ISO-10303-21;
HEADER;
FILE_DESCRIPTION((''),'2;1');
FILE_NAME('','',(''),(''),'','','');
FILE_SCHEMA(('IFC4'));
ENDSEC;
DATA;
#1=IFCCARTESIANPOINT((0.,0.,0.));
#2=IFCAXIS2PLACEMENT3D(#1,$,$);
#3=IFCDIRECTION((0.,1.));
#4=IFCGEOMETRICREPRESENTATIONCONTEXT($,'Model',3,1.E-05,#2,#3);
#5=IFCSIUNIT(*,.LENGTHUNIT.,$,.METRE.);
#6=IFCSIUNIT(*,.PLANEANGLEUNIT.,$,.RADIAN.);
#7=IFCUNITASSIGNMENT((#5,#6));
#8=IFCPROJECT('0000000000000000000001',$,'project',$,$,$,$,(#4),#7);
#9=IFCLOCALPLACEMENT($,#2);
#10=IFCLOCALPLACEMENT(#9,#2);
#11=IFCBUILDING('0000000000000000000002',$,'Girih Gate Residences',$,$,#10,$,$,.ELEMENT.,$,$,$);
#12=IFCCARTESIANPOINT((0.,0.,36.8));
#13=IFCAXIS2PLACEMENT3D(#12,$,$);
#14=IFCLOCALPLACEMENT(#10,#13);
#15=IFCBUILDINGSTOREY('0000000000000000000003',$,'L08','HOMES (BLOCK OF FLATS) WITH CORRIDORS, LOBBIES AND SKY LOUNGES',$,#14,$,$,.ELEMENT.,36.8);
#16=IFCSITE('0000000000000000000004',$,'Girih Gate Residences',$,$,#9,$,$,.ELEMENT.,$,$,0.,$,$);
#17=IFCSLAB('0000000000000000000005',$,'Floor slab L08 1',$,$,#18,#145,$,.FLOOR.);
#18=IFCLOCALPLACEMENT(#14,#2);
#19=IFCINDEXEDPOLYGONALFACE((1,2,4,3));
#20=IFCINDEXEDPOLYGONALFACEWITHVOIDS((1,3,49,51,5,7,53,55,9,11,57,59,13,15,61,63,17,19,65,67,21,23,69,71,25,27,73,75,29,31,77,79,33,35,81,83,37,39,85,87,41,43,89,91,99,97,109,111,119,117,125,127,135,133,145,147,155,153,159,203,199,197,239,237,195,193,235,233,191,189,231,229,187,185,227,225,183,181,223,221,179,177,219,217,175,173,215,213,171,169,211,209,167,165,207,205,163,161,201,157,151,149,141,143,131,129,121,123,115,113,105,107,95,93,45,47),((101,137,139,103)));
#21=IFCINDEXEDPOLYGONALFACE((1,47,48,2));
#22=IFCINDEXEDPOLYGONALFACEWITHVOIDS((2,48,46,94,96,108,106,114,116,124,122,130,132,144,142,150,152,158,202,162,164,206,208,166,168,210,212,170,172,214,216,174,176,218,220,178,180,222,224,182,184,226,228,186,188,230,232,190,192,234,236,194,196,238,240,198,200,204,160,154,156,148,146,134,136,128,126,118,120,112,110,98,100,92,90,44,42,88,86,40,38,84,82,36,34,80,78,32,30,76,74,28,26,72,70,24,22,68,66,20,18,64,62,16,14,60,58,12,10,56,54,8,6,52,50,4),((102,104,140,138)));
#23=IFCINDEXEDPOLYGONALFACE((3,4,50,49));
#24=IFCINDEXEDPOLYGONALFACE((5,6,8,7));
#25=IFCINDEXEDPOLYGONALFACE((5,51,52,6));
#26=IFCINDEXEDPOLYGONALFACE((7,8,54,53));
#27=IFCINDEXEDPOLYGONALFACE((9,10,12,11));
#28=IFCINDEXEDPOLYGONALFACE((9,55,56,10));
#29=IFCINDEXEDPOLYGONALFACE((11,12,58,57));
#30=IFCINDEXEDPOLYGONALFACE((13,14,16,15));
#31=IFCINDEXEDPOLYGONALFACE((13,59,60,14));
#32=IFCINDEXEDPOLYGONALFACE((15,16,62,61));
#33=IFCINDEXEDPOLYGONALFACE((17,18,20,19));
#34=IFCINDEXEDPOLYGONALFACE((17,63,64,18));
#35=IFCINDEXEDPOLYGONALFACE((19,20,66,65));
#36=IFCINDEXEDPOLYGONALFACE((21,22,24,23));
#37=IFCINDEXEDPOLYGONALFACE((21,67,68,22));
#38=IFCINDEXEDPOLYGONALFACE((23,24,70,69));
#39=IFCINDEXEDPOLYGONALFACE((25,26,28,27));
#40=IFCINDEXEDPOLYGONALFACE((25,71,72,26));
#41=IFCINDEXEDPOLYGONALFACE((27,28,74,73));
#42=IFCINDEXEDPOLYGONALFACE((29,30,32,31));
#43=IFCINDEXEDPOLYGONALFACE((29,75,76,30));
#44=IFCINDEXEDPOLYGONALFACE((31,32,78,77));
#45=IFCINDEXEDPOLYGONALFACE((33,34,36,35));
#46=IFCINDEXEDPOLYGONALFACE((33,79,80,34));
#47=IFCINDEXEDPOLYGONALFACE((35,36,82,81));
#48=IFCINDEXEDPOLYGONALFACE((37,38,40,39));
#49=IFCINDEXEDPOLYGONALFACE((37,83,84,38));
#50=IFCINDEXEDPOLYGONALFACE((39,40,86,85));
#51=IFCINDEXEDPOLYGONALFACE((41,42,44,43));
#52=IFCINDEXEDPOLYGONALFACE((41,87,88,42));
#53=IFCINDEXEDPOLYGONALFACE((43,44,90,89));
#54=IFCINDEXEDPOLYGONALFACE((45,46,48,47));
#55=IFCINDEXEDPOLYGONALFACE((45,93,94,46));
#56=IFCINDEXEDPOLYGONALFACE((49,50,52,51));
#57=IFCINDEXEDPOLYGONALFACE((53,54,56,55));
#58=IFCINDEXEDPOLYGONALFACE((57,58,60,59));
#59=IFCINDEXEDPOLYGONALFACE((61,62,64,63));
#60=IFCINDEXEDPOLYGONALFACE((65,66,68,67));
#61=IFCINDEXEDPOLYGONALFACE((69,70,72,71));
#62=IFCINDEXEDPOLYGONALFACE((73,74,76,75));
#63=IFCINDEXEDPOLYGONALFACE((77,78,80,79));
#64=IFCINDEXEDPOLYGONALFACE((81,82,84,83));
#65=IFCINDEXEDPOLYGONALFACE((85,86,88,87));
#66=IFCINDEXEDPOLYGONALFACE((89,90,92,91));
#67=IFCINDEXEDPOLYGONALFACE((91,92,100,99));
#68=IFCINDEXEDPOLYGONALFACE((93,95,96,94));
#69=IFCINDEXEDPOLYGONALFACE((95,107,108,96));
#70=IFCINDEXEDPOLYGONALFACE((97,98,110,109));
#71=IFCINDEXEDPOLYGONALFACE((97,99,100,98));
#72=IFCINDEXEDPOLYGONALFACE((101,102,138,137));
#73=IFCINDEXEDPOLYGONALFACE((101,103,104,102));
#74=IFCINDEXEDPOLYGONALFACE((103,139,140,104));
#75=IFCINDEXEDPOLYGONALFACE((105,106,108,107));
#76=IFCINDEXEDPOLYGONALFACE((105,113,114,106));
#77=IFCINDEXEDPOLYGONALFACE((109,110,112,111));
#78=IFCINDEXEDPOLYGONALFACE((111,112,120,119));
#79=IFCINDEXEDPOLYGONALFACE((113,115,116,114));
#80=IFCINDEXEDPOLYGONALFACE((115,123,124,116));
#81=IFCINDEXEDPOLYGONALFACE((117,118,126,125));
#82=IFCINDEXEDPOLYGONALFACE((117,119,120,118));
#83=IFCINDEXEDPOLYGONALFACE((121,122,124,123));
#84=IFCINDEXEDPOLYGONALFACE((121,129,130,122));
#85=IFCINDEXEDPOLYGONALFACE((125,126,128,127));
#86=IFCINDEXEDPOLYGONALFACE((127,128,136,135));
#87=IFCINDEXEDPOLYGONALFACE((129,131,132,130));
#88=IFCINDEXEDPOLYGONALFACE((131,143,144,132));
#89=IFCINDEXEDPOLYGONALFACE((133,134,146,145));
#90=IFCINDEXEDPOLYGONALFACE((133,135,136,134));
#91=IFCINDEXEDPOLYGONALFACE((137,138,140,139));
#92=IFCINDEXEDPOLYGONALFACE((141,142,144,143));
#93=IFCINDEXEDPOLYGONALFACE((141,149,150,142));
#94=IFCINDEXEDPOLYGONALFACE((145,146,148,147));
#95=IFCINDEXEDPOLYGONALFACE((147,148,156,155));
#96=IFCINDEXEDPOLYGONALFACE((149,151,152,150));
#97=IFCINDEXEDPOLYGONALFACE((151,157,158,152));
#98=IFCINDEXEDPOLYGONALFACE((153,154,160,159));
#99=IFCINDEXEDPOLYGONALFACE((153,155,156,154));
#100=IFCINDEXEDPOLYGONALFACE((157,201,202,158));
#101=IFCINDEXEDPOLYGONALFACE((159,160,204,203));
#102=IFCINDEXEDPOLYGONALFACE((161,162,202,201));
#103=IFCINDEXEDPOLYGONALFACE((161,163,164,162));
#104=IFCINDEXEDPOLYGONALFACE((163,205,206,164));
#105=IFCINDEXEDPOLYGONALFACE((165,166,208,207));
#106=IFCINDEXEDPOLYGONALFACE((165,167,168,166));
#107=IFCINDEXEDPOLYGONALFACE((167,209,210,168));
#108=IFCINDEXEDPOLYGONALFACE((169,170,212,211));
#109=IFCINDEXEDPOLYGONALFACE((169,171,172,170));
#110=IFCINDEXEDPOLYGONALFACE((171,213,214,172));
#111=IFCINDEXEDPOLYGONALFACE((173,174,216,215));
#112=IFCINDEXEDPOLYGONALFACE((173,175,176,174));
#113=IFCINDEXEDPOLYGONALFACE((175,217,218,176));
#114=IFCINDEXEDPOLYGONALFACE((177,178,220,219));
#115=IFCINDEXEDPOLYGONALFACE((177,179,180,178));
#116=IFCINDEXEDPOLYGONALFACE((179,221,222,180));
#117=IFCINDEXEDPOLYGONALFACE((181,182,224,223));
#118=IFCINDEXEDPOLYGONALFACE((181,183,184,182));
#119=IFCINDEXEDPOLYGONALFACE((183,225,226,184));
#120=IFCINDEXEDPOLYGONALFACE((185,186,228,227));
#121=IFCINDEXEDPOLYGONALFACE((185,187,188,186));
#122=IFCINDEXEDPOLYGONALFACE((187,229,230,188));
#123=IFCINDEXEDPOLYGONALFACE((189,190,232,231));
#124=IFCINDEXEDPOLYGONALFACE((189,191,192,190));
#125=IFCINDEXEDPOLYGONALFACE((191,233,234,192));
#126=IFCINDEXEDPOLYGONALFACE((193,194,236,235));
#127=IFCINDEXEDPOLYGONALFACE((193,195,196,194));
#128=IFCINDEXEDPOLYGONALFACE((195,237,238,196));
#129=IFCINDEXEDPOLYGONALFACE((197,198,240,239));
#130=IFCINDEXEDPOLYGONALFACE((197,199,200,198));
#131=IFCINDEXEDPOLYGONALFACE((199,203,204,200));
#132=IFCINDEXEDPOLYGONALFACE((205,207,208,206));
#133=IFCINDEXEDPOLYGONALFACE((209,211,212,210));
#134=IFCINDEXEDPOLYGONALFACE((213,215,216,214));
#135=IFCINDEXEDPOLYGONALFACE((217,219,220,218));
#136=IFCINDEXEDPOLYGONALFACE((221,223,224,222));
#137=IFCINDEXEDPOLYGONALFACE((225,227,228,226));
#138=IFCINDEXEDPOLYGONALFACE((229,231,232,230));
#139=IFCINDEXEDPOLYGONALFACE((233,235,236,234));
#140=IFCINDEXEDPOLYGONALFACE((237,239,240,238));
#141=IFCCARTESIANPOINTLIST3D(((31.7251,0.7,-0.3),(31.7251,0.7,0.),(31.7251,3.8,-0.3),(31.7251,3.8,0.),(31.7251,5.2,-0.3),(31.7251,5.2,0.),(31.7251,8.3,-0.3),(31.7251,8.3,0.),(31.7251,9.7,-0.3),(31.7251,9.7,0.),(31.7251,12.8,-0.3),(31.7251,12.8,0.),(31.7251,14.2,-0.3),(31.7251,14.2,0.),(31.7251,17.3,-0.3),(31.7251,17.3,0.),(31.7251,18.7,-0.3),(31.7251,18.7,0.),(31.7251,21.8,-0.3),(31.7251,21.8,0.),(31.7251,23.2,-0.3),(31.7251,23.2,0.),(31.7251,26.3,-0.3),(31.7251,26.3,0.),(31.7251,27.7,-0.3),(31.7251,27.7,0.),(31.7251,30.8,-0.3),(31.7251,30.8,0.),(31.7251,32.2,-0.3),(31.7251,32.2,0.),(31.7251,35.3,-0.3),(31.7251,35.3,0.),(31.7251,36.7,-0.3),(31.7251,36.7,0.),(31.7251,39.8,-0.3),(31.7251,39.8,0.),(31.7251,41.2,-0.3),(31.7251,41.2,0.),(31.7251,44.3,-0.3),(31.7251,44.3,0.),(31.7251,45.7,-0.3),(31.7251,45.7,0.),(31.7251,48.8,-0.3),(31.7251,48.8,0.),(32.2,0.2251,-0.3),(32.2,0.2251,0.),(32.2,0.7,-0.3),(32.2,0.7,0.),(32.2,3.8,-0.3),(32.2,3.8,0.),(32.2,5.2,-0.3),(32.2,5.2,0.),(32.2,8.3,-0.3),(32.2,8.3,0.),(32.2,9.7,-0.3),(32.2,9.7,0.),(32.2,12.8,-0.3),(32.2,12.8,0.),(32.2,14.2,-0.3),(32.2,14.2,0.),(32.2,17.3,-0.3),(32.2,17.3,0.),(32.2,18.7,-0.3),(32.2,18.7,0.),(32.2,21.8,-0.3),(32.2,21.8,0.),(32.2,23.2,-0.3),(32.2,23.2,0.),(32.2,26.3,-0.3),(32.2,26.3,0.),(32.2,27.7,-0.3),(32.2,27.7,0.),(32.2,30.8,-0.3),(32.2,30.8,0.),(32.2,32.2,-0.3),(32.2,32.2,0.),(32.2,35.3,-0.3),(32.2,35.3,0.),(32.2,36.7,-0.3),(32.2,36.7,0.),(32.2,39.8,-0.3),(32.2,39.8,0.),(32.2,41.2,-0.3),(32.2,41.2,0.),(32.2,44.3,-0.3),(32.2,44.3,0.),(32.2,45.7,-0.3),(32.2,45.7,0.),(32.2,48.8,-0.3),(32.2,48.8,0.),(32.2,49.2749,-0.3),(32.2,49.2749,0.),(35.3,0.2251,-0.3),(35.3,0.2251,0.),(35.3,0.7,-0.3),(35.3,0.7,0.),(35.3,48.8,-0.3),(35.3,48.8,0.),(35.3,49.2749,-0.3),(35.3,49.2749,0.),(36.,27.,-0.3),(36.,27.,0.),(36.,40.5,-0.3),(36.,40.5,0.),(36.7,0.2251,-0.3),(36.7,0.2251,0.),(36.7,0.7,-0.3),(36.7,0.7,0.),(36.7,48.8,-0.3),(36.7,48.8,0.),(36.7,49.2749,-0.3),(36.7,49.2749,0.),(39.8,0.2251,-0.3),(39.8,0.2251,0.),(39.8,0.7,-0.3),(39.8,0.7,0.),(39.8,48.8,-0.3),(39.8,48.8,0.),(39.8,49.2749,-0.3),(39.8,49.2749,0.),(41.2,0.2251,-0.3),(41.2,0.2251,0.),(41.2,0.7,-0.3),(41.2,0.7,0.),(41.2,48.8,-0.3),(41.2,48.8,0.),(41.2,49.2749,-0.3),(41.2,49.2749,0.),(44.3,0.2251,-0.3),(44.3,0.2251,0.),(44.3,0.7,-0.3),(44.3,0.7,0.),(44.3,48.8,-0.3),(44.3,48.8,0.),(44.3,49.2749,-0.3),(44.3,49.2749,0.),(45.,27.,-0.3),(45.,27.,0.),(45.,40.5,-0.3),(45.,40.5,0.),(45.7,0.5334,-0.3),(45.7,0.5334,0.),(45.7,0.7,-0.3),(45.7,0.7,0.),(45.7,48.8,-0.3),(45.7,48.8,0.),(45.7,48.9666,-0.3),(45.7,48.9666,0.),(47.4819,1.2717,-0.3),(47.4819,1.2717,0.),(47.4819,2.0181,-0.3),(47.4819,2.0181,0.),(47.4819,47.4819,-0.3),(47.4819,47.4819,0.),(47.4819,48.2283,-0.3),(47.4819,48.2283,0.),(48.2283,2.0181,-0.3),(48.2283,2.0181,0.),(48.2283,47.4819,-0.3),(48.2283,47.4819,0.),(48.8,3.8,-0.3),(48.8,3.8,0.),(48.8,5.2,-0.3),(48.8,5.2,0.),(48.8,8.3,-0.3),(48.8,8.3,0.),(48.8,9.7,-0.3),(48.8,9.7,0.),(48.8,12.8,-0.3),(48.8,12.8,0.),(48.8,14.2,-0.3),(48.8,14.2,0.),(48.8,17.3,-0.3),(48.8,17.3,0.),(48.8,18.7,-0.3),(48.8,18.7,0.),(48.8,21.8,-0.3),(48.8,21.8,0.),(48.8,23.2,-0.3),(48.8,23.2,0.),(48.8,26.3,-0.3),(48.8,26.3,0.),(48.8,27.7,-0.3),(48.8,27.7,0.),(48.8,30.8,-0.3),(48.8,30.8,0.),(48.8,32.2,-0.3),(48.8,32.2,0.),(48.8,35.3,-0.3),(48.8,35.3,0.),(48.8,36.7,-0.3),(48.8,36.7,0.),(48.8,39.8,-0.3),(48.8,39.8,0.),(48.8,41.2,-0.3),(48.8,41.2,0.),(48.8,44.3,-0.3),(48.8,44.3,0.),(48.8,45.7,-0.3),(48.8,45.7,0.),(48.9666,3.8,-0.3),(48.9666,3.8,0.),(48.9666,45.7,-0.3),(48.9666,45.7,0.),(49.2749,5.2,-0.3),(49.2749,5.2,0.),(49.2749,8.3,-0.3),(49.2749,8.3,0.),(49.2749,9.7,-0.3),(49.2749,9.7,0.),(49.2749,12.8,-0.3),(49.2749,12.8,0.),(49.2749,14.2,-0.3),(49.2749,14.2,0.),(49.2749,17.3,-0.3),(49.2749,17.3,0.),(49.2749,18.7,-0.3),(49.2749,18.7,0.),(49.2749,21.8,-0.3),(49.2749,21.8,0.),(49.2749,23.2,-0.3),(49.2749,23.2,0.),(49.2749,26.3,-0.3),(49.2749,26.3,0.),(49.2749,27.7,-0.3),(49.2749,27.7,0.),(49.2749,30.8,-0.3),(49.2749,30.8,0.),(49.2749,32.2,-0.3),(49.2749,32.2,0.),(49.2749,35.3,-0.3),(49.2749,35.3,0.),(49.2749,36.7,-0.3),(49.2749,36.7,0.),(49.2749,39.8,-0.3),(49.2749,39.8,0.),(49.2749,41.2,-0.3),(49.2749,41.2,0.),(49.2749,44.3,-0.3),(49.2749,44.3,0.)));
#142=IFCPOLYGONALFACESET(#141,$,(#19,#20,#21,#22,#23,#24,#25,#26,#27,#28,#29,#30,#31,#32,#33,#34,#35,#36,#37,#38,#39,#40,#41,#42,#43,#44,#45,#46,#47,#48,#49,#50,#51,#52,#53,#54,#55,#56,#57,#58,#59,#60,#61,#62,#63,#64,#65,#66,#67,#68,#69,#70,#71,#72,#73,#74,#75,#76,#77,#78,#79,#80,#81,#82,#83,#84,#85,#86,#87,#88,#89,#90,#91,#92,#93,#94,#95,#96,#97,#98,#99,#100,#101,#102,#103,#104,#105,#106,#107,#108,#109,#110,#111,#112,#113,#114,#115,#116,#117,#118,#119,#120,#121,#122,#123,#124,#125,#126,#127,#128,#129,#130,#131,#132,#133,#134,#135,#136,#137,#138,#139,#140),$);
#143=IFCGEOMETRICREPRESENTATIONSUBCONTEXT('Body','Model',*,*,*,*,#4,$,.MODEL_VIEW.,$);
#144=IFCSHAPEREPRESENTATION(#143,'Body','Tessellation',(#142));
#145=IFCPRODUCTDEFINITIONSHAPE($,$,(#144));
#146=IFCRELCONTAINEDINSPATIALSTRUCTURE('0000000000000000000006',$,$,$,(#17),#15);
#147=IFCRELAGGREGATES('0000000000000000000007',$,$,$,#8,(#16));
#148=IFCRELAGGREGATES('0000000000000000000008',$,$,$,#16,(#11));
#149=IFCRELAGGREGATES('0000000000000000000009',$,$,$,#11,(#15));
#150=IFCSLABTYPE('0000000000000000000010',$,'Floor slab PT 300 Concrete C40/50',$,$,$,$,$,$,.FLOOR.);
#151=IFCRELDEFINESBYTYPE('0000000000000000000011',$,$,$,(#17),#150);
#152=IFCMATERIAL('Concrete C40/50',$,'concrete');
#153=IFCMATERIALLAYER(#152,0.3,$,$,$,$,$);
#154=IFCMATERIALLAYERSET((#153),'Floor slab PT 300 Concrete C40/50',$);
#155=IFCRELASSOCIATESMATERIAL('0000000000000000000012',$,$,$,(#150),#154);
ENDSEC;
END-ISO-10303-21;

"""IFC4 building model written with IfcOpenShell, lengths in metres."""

from ifc_helpers import new_model, si_unit, direction, frame, origin, place, context, subcontext, project, spatial, polyline, outline, extrude, material, layer, layer_set, type_object, element, save


model = new_model("IFC4")

# Units and contexts
model_context = context("Model", 3, precision=1e-05, world=origin(), true_north=direction((0.0, 1.0)))
body_context = subcontext(model_context, "Body", "Model", "MODEL_VIEW")
ifc_project = project(units=[si_unit("LENGTHUNIT", "METRE"), si_unit("PLANEANGLEUNIT", "RADIAN")], contexts=[model_context])

# Site, building, storey
site_placement = place(None, origin())
site = spatial("IfcSite", under=ifc_project, at=site_placement, Name="Girih Gate Residences", CompositionType="ELEMENT", RefElevation=0.0)
building_placement = place(site_placement, origin())
building = spatial("IfcBuilding", under=site, at=building_placement, Name="Girih Gate Residences", CompositionType="ELEMENT")
storey_placement = place(building_placement, frame((0.0, 0.0, 36.8)))
storey = spatial("IfcBuildingStorey", under=building, at=storey_placement, Name="L08", Description="HOMES (BLOCK OF FLATS) WITH CORRIDORS, LOBBIES AND SKY LOUNGES", CompositionType="ELEMENT", Elevation=36.8)

# Slab
ifc_material_1 = material(Name="Concrete C40/50", Category="concrete")
ifc_layer_1 = layer(ifc_material_1, 0.3)
ifc_layer_set_1 = layer_set([ifc_layer_1], Name="Floor slab PT 300 Concrete C40/50")
slab_type_1 = type_object("IfcSlabType", Name="Floor slab PT 300 Concrete C40/50", PredefinedType="FLOOR", material=ifc_layer_set_1)
slab_1_placement = place(storey_placement, frame((0.0, 0.0, -0.3)))
element("IfcSlab", 1, at=slab_1_placement, inside=storey, type_object=slab_type_1, Name="Floor slab L08 1", PredefinedType="FLOOR", context=body_context, shape_type="SweptSolid", body=[
    extrude(outline(polyline([(35.3, 49.2749), (32.2, 49.2749), (32.2, 48.8), (31.7251, 48.8), (31.7251, 45.7), (32.2, 45.7), (32.2, 44.3), (31.7251, 44.3), (31.7251, 41.2), (32.2, 41.2), (32.2, 39.8), (31.7251, 39.8), (31.7251, 36.7), (32.2, 36.7), (32.2, 35.3), (31.7251, 35.3), (31.7251, 32.2), (32.2, 32.2), (32.2, 30.8), (31.7251, 30.8), (31.7251, 27.7), (32.2, 27.7), (32.2, 26.3), (31.7251, 26.3), (31.7251, 23.2), (32.2, 23.2), (32.2, 21.8), (31.7251, 21.8), (31.7251, 18.7), (32.2, 18.7), (32.2, 17.3), (31.7251, 17.3), (31.7251, 14.2), (32.2, 14.2), (32.2, 12.8), (31.7251, 12.8), (31.7251, 9.7), (32.2, 9.7), (32.2, 8.3), (31.7251, 8.3), (31.7251, 5.2), (32.2, 5.2), (32.2, 3.8), (31.7251, 3.8), (31.7251, 0.7), (32.2, 0.7), (32.2, 0.2251), (35.3, 0.2251), (35.3, 0.7), (36.7, 0.7), (36.7, 0.2251), (39.8, 0.2251), (39.8, 0.7), (41.2, 0.7), (41.2, 0.2251), (44.3, 0.2251), (44.3, 0.7), (45.7, 0.7), (45.7, 0.5334), (47.4819, 1.2717), (47.4819, 2.0181), (48.2283, 2.0181), (48.9666, 3.8), (48.8, 3.8), (48.8, 5.2), (49.2749, 5.2), (49.2749, 8.3), (48.8, 8.3), (48.8, 9.7), (49.2749, 9.7), (49.2749, 12.8), (48.8, 12.8), (48.8, 14.2), (49.2749, 14.2), (49.2749, 17.3), (48.8, 17.3), (48.8, 18.7), (49.2749, 18.7), (49.2749, 21.8), (48.8, 21.8), (48.8, 23.2), (49.2749, 23.2), (49.2749, 26.3), (48.8, 26.3), (48.8, 27.7), (49.2749, 27.7), (49.2749, 30.8), (48.8, 30.8), (48.8, 32.2), (49.2749, 32.2), (49.2749, 35.3), (48.8, 35.3), (48.8, 36.7), (49.2749, 36.7), (49.2749, 39.8), (48.8, 39.8), (48.8, 41.2), (49.2749, 41.2), (49.2749, 44.3), (48.8, 44.3), (48.8, 45.7), (48.9666, 45.7), (48.2283, 47.4819), (47.4819, 47.4819), (47.4819, 48.2283), (45.7, 48.9666), (45.7, 48.8), (44.3, 48.8), (44.3, 49.2749), (41.2, 49.2749), (41.2, 48.8), (39.8, 48.8), (39.8, 49.2749), (36.7, 49.2749), (36.7, 48.8), (35.3, 48.8), (35.3, 49.2749)]), holes=[polyline([(45.0, 40.5), (45.0, 27.0), (36.0, 27.0), (36.0, 40.5), (45.0, 40.5)])]), origin(), (0.0, 0.0, 1.0), 0.3),
])

save(model, "model.ifc")
